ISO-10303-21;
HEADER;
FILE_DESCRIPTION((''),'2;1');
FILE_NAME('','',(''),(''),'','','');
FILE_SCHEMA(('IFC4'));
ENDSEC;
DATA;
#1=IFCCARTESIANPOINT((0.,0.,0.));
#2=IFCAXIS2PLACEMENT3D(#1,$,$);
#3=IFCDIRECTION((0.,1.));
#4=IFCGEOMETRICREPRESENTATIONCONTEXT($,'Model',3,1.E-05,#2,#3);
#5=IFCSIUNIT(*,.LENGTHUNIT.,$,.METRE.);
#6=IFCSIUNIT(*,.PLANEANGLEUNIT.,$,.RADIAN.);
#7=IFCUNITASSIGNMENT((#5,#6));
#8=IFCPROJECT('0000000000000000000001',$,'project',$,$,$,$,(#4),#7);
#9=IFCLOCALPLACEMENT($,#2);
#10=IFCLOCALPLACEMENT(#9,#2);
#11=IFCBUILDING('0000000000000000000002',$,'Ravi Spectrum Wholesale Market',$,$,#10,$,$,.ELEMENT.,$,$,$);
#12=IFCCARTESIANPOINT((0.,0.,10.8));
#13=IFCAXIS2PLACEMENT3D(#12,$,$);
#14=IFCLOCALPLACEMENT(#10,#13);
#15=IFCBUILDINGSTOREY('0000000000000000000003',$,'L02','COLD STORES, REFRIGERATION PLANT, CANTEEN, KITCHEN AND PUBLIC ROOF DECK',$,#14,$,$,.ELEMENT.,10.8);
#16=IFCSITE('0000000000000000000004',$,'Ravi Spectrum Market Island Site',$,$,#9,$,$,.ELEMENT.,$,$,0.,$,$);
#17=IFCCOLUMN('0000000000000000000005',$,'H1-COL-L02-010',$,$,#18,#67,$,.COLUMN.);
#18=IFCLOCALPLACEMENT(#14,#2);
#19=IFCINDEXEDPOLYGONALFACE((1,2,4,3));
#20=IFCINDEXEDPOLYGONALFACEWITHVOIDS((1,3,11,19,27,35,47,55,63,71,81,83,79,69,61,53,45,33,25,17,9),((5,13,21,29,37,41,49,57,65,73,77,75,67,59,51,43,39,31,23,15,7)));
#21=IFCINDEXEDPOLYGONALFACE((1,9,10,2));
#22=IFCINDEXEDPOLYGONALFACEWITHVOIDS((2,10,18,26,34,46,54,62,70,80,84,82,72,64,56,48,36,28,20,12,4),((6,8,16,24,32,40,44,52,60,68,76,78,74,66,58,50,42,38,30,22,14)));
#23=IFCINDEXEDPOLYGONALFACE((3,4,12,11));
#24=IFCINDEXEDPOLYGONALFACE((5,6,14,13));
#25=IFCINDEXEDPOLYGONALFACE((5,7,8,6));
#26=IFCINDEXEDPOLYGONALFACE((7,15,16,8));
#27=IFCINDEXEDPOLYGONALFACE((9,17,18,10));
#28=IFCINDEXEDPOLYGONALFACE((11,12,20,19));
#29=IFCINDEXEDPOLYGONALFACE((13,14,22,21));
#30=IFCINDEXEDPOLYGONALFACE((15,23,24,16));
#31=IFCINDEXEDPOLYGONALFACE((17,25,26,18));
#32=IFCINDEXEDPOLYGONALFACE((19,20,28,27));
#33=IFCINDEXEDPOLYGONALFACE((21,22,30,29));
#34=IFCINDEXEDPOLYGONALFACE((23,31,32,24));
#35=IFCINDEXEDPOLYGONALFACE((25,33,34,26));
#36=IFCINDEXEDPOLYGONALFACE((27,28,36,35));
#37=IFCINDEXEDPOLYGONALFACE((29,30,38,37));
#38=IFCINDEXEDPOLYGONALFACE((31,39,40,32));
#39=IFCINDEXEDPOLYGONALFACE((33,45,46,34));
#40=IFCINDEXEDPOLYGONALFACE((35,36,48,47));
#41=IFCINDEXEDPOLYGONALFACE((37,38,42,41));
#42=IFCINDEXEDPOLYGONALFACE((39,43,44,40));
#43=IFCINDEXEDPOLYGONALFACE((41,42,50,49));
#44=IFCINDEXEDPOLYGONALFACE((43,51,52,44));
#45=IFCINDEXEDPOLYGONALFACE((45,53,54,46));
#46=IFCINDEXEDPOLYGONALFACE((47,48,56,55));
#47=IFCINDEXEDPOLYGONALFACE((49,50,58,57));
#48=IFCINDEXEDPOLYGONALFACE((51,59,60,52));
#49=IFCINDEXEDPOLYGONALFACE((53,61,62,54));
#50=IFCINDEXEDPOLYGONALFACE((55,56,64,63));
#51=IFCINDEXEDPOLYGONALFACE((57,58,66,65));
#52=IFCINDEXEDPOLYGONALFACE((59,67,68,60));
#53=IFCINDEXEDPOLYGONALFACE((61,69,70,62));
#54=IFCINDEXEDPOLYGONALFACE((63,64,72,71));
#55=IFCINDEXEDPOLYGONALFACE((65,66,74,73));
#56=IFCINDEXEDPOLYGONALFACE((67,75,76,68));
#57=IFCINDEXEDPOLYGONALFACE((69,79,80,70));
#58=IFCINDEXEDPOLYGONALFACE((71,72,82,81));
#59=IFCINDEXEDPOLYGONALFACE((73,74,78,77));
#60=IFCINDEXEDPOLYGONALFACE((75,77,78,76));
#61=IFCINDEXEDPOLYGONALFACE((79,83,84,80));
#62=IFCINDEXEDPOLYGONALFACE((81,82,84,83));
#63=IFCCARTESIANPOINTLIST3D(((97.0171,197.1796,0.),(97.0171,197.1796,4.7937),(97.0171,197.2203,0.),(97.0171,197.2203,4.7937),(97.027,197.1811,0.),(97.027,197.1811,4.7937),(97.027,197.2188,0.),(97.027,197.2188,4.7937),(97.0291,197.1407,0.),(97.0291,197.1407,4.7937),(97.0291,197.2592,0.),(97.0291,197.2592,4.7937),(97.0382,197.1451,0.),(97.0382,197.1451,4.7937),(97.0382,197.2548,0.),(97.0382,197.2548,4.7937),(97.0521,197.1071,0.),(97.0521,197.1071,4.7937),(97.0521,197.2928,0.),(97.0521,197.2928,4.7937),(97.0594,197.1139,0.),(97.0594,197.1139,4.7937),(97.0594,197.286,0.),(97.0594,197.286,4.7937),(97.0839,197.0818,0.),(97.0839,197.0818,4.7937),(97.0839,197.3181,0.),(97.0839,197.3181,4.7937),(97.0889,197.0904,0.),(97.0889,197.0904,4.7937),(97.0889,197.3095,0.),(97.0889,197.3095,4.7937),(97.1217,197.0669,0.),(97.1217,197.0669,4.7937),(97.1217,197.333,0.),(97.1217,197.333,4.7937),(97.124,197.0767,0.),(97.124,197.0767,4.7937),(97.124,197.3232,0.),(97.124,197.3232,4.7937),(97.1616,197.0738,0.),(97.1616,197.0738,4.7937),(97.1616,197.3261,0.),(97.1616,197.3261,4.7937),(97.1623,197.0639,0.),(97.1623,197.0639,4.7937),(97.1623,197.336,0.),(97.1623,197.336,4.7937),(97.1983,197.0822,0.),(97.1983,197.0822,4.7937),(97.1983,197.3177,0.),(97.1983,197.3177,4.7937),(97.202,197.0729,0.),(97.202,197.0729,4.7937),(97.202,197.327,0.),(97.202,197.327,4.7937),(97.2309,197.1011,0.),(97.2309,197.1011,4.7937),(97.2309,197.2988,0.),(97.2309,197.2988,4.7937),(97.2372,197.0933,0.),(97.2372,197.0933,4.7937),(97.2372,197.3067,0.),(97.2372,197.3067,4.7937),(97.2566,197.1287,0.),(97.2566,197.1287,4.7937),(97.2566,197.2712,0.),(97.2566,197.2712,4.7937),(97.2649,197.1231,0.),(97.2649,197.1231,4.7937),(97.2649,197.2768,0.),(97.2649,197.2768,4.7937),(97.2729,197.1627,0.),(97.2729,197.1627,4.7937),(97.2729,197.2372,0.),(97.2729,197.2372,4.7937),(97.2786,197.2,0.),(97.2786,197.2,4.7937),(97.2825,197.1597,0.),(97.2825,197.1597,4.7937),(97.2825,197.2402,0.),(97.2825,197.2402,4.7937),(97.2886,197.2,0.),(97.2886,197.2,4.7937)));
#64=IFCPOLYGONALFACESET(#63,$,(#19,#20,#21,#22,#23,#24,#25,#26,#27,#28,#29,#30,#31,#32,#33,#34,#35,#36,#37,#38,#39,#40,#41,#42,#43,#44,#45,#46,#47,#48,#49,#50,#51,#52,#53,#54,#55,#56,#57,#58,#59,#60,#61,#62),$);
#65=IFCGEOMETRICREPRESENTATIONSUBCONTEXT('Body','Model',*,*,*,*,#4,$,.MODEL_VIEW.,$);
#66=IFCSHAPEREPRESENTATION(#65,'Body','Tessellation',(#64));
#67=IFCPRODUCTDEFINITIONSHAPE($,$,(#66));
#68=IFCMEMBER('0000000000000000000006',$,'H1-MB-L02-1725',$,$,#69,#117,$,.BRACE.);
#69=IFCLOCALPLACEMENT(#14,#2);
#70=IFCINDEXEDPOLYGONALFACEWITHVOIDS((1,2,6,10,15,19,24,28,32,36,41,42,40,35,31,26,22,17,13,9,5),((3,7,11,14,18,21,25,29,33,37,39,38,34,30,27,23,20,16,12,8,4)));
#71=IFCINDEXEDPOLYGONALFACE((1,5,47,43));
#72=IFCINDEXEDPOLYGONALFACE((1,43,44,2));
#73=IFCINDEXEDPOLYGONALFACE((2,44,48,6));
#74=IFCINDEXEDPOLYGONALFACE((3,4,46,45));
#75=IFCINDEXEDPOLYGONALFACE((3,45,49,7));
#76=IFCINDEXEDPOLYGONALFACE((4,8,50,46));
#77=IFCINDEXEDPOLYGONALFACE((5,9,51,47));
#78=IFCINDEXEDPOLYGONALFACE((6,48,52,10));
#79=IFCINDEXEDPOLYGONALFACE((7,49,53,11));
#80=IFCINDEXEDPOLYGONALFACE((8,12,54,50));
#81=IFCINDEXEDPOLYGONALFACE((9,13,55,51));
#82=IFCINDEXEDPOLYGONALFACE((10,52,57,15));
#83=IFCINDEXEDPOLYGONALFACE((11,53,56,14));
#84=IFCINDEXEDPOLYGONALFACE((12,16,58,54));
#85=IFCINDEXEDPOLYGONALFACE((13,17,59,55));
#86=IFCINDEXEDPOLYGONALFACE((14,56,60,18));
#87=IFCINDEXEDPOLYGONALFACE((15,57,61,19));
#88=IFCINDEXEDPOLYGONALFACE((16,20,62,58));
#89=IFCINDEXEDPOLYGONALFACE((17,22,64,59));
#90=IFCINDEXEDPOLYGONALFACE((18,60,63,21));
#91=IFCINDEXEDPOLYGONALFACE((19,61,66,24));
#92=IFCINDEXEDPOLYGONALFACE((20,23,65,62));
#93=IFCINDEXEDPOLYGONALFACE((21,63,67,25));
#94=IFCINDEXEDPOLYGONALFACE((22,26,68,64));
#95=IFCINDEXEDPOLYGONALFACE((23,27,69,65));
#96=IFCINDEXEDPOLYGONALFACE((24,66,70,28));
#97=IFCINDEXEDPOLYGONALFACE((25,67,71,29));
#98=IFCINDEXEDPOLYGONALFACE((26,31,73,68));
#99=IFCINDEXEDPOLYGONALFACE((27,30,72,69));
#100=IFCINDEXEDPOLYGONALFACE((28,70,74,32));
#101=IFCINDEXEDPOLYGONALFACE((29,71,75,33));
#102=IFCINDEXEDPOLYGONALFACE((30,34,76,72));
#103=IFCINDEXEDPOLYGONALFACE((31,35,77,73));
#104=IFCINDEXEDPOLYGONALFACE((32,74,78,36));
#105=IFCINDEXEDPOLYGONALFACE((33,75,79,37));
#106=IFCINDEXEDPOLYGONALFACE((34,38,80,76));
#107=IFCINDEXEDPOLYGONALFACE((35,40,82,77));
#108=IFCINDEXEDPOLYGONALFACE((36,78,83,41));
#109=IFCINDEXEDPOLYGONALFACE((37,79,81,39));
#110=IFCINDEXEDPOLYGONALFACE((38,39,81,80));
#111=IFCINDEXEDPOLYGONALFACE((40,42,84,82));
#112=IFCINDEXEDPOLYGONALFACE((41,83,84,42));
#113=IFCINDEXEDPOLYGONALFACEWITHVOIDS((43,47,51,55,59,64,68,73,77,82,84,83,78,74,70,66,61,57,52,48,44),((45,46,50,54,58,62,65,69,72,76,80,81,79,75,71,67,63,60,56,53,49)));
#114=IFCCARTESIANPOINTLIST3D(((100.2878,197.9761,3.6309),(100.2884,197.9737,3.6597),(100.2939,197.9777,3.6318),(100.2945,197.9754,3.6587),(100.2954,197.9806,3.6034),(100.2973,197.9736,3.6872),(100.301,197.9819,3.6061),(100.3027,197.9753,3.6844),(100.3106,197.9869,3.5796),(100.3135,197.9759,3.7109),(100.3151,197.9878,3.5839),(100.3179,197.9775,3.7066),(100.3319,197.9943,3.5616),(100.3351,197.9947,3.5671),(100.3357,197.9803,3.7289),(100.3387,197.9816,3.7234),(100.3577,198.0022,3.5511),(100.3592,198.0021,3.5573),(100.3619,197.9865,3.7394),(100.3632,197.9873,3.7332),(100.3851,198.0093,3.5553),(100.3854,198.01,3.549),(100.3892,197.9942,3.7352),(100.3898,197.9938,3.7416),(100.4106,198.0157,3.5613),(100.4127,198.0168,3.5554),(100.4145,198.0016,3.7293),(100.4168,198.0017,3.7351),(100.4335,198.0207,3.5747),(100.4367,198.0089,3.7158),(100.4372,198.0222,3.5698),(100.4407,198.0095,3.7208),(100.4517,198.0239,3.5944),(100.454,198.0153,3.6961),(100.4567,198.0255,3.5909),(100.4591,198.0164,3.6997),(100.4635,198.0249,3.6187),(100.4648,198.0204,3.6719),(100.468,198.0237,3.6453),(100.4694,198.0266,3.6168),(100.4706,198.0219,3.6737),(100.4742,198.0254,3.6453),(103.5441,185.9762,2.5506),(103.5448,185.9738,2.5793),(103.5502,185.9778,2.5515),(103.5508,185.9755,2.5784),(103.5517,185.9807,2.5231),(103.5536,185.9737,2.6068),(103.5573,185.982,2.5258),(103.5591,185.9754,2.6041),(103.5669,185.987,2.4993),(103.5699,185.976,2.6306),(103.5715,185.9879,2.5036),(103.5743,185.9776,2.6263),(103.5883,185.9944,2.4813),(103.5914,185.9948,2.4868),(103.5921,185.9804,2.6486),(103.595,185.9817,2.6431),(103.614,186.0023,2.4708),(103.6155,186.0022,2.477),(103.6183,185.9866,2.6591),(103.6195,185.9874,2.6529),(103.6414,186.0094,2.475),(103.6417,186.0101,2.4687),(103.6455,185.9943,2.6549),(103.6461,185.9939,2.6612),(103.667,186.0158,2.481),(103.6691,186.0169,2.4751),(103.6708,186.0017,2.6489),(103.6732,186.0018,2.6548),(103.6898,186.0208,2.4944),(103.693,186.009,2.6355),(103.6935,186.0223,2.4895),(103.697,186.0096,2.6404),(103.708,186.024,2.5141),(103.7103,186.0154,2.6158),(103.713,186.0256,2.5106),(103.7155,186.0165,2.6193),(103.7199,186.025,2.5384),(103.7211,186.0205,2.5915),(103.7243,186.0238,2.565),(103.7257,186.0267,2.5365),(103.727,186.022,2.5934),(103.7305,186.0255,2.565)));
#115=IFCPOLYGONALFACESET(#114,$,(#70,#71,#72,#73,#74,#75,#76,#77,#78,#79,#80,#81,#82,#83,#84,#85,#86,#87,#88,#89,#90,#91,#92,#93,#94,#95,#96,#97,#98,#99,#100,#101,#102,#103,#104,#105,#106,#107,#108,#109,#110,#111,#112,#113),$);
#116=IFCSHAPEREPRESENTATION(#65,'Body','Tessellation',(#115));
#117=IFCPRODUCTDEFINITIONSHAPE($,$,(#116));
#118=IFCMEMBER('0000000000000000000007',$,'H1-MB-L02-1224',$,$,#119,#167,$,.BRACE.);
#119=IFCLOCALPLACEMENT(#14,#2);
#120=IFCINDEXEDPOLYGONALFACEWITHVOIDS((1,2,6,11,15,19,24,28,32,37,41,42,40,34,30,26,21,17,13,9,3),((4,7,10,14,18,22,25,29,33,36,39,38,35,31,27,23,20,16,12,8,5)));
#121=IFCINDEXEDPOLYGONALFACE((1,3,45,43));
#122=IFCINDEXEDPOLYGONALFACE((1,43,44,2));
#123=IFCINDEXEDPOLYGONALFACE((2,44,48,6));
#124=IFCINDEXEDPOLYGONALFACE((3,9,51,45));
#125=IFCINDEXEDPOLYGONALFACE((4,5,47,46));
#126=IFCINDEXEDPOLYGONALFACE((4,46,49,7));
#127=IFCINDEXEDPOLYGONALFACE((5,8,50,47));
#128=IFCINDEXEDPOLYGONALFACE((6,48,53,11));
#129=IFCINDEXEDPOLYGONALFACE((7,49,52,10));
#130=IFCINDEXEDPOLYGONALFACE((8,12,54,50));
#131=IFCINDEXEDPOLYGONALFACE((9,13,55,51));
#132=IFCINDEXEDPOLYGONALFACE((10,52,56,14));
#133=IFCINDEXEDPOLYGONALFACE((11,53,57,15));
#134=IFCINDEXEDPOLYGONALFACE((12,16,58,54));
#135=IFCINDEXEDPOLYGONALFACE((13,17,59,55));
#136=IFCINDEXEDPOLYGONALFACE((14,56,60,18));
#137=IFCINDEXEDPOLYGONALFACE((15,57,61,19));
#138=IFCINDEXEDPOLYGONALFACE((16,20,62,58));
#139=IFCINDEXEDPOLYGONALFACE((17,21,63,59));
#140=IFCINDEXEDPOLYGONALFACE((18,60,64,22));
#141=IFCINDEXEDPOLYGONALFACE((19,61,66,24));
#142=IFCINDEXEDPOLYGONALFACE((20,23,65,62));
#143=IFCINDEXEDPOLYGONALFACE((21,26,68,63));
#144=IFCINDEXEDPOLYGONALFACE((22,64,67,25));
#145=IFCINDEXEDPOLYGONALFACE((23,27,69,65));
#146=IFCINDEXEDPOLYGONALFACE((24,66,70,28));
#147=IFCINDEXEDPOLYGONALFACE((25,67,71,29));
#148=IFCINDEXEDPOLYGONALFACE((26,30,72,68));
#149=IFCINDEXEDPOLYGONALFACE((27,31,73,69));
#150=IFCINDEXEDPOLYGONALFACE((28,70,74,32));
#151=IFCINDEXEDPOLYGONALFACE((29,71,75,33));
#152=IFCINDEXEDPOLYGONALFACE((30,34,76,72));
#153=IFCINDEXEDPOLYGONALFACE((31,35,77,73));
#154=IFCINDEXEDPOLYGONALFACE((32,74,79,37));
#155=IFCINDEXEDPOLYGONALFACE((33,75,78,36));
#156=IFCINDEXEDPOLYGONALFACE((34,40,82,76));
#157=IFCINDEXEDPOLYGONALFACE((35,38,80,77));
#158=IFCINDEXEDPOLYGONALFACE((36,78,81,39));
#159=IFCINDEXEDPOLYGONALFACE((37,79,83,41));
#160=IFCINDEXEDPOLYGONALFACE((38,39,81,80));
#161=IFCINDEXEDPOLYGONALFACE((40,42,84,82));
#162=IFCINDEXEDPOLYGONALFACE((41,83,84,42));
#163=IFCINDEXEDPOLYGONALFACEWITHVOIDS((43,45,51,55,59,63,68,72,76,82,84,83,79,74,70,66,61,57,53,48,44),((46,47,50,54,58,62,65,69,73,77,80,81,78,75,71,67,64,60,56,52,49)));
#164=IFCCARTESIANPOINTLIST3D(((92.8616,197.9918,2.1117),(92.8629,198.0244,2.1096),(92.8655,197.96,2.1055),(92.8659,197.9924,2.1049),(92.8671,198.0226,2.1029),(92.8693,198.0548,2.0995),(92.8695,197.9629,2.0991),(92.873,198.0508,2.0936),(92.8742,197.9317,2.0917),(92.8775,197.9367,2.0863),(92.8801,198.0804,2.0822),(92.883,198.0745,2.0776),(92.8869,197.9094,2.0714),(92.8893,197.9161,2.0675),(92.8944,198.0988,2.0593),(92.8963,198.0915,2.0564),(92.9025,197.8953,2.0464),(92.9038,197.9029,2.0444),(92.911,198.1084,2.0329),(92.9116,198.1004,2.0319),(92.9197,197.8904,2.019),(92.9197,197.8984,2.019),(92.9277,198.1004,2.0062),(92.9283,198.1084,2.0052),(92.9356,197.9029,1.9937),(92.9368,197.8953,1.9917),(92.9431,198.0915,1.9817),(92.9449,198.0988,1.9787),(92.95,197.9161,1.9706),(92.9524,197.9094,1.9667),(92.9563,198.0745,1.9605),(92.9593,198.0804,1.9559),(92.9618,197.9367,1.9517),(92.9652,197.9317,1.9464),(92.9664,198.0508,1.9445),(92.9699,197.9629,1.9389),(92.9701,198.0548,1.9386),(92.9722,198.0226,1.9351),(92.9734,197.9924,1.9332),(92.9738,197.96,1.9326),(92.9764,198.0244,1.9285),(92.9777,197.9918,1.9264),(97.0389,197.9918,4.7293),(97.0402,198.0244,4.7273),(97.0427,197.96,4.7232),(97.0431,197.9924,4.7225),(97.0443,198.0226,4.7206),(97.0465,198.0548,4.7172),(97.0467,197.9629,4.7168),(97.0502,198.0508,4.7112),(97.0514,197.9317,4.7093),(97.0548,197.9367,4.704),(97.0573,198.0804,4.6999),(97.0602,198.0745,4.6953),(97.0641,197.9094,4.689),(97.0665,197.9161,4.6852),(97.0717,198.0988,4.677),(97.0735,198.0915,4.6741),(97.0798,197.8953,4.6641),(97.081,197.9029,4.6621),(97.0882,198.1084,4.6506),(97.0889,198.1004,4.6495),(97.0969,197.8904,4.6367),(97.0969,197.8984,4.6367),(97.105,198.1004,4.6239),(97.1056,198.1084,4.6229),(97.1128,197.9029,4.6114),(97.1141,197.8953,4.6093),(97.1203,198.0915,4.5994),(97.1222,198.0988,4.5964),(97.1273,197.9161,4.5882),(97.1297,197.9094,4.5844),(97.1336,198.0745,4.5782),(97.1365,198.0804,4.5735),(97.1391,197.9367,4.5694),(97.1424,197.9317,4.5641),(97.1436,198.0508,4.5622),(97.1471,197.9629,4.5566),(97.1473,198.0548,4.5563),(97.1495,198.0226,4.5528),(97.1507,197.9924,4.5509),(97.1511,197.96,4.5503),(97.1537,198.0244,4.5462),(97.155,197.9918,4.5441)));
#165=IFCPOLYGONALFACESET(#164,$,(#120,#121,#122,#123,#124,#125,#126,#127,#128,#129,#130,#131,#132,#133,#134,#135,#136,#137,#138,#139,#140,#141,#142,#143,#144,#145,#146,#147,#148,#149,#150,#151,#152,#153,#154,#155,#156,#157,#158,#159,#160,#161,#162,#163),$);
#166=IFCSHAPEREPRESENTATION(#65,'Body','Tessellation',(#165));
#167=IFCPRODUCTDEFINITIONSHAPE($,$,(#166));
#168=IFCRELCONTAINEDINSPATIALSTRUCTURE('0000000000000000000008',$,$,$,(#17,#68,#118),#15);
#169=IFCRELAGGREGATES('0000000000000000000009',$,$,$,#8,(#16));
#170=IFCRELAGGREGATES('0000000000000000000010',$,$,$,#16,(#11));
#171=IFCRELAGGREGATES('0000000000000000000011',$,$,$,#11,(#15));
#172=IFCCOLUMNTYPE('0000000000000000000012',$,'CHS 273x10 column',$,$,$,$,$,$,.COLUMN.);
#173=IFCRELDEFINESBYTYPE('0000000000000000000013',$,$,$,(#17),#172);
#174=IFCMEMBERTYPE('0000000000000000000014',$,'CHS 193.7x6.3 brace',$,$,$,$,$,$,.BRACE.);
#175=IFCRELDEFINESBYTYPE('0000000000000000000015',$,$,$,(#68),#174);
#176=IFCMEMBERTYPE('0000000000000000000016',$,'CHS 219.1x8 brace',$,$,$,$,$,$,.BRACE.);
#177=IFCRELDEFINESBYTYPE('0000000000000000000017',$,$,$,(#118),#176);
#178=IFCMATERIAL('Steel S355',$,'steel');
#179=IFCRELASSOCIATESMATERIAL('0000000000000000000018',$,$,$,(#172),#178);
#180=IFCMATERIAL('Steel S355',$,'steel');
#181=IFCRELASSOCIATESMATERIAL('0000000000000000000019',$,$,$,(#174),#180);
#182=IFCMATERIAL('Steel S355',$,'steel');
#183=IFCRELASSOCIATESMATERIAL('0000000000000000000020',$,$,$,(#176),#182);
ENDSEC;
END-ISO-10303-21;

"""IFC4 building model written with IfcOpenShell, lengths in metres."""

from ifc_helpers import new_model, si_unit, direction, frame, origin, origin_2d, place, context, subcontext, project, spatial, hollow_circle, extrude, material, material_profile, profile_set, type_object, element, save


model = new_model("IFC4")

# Units and contexts
model_context = context("Model", 3, precision=1e-05, world=origin(), true_north=direction((0.0, 1.0)))
body_context = subcontext(model_context, "Body", "Model", "MODEL_VIEW")
ifc_project = project(units=[si_unit("LENGTHUNIT", "METRE"), si_unit("PLANEANGLEUNIT", "RADIAN")], contexts=[model_context])

# Site, building, storey
site_placement = place(None, origin())
site = spatial("IfcSite", under=ifc_project, at=site_placement, Name="Ravi Spectrum Market Island Site", CompositionType="ELEMENT", RefElevation=0.0)
building_placement = place(site_placement, origin())
building = spatial("IfcBuilding", under=site, at=building_placement, Name="Ravi Spectrum Wholesale Market", CompositionType="ELEMENT")
storey_placement = place(building_placement, frame((0.0, 0.0, 10.8)))
storey = spatial("IfcBuildingStorey", under=building, at=storey_placement, Name="L02", Description="COLD STORES, REFRIGERATION PLANT, CANTEEN, KITCHEN AND PUBLIC ROOF DECK", CompositionType="ELEMENT", Elevation=10.8)

# Column
ifc_material_1 = material(Name="Steel S355", Category="steel")
ifc_material_profile_1 = material_profile(ifc_material_1, hollow_circle(Radius=0.1365, WallThickness=0.01, at=origin_2d()))
ifc_profile_set_1 = profile_set([ifc_material_profile_1], Name="Steel S355")
column_type = type_object("IfcColumnType", Name="CHS 273x10 column", PredefinedType="COLUMN", material=ifc_profile_set_1)
column_placement = place(storey_placement, frame((97.1521, 197.2, 0.0), z_axis=(0.0, 0.0, 1.0), x_axis=(1.0, 0.0, 0.0)))
element("IfcColumn", 1, at=column_placement, inside=storey, type_object=column_type, Name="H1-COL-L02-010", PredefinedType="COLUMN", context=body_context, shape_type="SweptSolid", body=[
    extrude(hollow_circle(Radius=0.1365, WallThickness=0.01, at=origin_2d()), origin(), (0.0, 0.0, 1.0), 4.7937),
])

# Members
ifc_material_2 = material(Name="Steel S355", Category="steel")
ifc_material_profile_2 = material_profile(ifc_material_2, hollow_circle(Radius=0.0969, WallThickness=0.0063, at=origin_2d()))
ifc_profile_set_2 = profile_set([ifc_material_profile_2], Name="Steel S355")
member_type_1 = type_object("IfcMemberType", Name="CHS 193.7x6.3 brace", PredefinedType="BRACE", material=ifc_profile_set_2)
member_1_placement = place(storey_placement, frame((100.3806, 198.0, 3.6453), z_axis=(0.260908, -0.961475, -0.086559), x_axis=(0.965097, 0.261891, 0.0)))
element("IfcMember", 2, at=member_1_placement, inside=storey, type_object=member_type_1, Name="H1-MB-L02-1725", PredefinedType="BRACE", context=body_context, shape_type="SweptSolid", body=[
    extrude(hollow_circle(Radius=0.0969, WallThickness=0.0063, at=origin_2d()), origin(), (0.0, 0.0, 1.0), 12.4807),
])
ifc_material_3 = material(Name="Steel S355", Category="steel")
ifc_material_profile_3 = material_profile(ifc_material_3, hollow_circle(Radius=0.1096, WallThickness=0.0081, at=origin_2d()))
ifc_profile_set_3 = profile_set([ifc_material_profile_3], Name="Steel S355")
member_type_2 = type_object("IfcMemberType", Name="CHS 219.1x8 brace", PredefinedType="BRACE", material=ifc_profile_set_3)
for number, where, z_axis, x_axis, name in (
    (3, (97.0969, 198.0, 4.6367), (-0.847369, 0.0, -0.531005), (0.0, -1.0, 0.0), "H1-MB-L02-1224"),
):
    element("IfcMember", number, at=place(storey_placement, frame(where, z_axis=z_axis, x_axis=x_axis)), inside=storey, type_object=member_type_2, Name=name, PredefinedType="BRACE", context=body_context, shape_type="SweptSolid", body=[
        extrude(hollow_circle(Radius=0.1096, WallThickness=0.0081, at=origin_2d()), origin(), (0.0, 0.0, 1.0), 4.9297),
    ])

save(model, "model.ifc")
